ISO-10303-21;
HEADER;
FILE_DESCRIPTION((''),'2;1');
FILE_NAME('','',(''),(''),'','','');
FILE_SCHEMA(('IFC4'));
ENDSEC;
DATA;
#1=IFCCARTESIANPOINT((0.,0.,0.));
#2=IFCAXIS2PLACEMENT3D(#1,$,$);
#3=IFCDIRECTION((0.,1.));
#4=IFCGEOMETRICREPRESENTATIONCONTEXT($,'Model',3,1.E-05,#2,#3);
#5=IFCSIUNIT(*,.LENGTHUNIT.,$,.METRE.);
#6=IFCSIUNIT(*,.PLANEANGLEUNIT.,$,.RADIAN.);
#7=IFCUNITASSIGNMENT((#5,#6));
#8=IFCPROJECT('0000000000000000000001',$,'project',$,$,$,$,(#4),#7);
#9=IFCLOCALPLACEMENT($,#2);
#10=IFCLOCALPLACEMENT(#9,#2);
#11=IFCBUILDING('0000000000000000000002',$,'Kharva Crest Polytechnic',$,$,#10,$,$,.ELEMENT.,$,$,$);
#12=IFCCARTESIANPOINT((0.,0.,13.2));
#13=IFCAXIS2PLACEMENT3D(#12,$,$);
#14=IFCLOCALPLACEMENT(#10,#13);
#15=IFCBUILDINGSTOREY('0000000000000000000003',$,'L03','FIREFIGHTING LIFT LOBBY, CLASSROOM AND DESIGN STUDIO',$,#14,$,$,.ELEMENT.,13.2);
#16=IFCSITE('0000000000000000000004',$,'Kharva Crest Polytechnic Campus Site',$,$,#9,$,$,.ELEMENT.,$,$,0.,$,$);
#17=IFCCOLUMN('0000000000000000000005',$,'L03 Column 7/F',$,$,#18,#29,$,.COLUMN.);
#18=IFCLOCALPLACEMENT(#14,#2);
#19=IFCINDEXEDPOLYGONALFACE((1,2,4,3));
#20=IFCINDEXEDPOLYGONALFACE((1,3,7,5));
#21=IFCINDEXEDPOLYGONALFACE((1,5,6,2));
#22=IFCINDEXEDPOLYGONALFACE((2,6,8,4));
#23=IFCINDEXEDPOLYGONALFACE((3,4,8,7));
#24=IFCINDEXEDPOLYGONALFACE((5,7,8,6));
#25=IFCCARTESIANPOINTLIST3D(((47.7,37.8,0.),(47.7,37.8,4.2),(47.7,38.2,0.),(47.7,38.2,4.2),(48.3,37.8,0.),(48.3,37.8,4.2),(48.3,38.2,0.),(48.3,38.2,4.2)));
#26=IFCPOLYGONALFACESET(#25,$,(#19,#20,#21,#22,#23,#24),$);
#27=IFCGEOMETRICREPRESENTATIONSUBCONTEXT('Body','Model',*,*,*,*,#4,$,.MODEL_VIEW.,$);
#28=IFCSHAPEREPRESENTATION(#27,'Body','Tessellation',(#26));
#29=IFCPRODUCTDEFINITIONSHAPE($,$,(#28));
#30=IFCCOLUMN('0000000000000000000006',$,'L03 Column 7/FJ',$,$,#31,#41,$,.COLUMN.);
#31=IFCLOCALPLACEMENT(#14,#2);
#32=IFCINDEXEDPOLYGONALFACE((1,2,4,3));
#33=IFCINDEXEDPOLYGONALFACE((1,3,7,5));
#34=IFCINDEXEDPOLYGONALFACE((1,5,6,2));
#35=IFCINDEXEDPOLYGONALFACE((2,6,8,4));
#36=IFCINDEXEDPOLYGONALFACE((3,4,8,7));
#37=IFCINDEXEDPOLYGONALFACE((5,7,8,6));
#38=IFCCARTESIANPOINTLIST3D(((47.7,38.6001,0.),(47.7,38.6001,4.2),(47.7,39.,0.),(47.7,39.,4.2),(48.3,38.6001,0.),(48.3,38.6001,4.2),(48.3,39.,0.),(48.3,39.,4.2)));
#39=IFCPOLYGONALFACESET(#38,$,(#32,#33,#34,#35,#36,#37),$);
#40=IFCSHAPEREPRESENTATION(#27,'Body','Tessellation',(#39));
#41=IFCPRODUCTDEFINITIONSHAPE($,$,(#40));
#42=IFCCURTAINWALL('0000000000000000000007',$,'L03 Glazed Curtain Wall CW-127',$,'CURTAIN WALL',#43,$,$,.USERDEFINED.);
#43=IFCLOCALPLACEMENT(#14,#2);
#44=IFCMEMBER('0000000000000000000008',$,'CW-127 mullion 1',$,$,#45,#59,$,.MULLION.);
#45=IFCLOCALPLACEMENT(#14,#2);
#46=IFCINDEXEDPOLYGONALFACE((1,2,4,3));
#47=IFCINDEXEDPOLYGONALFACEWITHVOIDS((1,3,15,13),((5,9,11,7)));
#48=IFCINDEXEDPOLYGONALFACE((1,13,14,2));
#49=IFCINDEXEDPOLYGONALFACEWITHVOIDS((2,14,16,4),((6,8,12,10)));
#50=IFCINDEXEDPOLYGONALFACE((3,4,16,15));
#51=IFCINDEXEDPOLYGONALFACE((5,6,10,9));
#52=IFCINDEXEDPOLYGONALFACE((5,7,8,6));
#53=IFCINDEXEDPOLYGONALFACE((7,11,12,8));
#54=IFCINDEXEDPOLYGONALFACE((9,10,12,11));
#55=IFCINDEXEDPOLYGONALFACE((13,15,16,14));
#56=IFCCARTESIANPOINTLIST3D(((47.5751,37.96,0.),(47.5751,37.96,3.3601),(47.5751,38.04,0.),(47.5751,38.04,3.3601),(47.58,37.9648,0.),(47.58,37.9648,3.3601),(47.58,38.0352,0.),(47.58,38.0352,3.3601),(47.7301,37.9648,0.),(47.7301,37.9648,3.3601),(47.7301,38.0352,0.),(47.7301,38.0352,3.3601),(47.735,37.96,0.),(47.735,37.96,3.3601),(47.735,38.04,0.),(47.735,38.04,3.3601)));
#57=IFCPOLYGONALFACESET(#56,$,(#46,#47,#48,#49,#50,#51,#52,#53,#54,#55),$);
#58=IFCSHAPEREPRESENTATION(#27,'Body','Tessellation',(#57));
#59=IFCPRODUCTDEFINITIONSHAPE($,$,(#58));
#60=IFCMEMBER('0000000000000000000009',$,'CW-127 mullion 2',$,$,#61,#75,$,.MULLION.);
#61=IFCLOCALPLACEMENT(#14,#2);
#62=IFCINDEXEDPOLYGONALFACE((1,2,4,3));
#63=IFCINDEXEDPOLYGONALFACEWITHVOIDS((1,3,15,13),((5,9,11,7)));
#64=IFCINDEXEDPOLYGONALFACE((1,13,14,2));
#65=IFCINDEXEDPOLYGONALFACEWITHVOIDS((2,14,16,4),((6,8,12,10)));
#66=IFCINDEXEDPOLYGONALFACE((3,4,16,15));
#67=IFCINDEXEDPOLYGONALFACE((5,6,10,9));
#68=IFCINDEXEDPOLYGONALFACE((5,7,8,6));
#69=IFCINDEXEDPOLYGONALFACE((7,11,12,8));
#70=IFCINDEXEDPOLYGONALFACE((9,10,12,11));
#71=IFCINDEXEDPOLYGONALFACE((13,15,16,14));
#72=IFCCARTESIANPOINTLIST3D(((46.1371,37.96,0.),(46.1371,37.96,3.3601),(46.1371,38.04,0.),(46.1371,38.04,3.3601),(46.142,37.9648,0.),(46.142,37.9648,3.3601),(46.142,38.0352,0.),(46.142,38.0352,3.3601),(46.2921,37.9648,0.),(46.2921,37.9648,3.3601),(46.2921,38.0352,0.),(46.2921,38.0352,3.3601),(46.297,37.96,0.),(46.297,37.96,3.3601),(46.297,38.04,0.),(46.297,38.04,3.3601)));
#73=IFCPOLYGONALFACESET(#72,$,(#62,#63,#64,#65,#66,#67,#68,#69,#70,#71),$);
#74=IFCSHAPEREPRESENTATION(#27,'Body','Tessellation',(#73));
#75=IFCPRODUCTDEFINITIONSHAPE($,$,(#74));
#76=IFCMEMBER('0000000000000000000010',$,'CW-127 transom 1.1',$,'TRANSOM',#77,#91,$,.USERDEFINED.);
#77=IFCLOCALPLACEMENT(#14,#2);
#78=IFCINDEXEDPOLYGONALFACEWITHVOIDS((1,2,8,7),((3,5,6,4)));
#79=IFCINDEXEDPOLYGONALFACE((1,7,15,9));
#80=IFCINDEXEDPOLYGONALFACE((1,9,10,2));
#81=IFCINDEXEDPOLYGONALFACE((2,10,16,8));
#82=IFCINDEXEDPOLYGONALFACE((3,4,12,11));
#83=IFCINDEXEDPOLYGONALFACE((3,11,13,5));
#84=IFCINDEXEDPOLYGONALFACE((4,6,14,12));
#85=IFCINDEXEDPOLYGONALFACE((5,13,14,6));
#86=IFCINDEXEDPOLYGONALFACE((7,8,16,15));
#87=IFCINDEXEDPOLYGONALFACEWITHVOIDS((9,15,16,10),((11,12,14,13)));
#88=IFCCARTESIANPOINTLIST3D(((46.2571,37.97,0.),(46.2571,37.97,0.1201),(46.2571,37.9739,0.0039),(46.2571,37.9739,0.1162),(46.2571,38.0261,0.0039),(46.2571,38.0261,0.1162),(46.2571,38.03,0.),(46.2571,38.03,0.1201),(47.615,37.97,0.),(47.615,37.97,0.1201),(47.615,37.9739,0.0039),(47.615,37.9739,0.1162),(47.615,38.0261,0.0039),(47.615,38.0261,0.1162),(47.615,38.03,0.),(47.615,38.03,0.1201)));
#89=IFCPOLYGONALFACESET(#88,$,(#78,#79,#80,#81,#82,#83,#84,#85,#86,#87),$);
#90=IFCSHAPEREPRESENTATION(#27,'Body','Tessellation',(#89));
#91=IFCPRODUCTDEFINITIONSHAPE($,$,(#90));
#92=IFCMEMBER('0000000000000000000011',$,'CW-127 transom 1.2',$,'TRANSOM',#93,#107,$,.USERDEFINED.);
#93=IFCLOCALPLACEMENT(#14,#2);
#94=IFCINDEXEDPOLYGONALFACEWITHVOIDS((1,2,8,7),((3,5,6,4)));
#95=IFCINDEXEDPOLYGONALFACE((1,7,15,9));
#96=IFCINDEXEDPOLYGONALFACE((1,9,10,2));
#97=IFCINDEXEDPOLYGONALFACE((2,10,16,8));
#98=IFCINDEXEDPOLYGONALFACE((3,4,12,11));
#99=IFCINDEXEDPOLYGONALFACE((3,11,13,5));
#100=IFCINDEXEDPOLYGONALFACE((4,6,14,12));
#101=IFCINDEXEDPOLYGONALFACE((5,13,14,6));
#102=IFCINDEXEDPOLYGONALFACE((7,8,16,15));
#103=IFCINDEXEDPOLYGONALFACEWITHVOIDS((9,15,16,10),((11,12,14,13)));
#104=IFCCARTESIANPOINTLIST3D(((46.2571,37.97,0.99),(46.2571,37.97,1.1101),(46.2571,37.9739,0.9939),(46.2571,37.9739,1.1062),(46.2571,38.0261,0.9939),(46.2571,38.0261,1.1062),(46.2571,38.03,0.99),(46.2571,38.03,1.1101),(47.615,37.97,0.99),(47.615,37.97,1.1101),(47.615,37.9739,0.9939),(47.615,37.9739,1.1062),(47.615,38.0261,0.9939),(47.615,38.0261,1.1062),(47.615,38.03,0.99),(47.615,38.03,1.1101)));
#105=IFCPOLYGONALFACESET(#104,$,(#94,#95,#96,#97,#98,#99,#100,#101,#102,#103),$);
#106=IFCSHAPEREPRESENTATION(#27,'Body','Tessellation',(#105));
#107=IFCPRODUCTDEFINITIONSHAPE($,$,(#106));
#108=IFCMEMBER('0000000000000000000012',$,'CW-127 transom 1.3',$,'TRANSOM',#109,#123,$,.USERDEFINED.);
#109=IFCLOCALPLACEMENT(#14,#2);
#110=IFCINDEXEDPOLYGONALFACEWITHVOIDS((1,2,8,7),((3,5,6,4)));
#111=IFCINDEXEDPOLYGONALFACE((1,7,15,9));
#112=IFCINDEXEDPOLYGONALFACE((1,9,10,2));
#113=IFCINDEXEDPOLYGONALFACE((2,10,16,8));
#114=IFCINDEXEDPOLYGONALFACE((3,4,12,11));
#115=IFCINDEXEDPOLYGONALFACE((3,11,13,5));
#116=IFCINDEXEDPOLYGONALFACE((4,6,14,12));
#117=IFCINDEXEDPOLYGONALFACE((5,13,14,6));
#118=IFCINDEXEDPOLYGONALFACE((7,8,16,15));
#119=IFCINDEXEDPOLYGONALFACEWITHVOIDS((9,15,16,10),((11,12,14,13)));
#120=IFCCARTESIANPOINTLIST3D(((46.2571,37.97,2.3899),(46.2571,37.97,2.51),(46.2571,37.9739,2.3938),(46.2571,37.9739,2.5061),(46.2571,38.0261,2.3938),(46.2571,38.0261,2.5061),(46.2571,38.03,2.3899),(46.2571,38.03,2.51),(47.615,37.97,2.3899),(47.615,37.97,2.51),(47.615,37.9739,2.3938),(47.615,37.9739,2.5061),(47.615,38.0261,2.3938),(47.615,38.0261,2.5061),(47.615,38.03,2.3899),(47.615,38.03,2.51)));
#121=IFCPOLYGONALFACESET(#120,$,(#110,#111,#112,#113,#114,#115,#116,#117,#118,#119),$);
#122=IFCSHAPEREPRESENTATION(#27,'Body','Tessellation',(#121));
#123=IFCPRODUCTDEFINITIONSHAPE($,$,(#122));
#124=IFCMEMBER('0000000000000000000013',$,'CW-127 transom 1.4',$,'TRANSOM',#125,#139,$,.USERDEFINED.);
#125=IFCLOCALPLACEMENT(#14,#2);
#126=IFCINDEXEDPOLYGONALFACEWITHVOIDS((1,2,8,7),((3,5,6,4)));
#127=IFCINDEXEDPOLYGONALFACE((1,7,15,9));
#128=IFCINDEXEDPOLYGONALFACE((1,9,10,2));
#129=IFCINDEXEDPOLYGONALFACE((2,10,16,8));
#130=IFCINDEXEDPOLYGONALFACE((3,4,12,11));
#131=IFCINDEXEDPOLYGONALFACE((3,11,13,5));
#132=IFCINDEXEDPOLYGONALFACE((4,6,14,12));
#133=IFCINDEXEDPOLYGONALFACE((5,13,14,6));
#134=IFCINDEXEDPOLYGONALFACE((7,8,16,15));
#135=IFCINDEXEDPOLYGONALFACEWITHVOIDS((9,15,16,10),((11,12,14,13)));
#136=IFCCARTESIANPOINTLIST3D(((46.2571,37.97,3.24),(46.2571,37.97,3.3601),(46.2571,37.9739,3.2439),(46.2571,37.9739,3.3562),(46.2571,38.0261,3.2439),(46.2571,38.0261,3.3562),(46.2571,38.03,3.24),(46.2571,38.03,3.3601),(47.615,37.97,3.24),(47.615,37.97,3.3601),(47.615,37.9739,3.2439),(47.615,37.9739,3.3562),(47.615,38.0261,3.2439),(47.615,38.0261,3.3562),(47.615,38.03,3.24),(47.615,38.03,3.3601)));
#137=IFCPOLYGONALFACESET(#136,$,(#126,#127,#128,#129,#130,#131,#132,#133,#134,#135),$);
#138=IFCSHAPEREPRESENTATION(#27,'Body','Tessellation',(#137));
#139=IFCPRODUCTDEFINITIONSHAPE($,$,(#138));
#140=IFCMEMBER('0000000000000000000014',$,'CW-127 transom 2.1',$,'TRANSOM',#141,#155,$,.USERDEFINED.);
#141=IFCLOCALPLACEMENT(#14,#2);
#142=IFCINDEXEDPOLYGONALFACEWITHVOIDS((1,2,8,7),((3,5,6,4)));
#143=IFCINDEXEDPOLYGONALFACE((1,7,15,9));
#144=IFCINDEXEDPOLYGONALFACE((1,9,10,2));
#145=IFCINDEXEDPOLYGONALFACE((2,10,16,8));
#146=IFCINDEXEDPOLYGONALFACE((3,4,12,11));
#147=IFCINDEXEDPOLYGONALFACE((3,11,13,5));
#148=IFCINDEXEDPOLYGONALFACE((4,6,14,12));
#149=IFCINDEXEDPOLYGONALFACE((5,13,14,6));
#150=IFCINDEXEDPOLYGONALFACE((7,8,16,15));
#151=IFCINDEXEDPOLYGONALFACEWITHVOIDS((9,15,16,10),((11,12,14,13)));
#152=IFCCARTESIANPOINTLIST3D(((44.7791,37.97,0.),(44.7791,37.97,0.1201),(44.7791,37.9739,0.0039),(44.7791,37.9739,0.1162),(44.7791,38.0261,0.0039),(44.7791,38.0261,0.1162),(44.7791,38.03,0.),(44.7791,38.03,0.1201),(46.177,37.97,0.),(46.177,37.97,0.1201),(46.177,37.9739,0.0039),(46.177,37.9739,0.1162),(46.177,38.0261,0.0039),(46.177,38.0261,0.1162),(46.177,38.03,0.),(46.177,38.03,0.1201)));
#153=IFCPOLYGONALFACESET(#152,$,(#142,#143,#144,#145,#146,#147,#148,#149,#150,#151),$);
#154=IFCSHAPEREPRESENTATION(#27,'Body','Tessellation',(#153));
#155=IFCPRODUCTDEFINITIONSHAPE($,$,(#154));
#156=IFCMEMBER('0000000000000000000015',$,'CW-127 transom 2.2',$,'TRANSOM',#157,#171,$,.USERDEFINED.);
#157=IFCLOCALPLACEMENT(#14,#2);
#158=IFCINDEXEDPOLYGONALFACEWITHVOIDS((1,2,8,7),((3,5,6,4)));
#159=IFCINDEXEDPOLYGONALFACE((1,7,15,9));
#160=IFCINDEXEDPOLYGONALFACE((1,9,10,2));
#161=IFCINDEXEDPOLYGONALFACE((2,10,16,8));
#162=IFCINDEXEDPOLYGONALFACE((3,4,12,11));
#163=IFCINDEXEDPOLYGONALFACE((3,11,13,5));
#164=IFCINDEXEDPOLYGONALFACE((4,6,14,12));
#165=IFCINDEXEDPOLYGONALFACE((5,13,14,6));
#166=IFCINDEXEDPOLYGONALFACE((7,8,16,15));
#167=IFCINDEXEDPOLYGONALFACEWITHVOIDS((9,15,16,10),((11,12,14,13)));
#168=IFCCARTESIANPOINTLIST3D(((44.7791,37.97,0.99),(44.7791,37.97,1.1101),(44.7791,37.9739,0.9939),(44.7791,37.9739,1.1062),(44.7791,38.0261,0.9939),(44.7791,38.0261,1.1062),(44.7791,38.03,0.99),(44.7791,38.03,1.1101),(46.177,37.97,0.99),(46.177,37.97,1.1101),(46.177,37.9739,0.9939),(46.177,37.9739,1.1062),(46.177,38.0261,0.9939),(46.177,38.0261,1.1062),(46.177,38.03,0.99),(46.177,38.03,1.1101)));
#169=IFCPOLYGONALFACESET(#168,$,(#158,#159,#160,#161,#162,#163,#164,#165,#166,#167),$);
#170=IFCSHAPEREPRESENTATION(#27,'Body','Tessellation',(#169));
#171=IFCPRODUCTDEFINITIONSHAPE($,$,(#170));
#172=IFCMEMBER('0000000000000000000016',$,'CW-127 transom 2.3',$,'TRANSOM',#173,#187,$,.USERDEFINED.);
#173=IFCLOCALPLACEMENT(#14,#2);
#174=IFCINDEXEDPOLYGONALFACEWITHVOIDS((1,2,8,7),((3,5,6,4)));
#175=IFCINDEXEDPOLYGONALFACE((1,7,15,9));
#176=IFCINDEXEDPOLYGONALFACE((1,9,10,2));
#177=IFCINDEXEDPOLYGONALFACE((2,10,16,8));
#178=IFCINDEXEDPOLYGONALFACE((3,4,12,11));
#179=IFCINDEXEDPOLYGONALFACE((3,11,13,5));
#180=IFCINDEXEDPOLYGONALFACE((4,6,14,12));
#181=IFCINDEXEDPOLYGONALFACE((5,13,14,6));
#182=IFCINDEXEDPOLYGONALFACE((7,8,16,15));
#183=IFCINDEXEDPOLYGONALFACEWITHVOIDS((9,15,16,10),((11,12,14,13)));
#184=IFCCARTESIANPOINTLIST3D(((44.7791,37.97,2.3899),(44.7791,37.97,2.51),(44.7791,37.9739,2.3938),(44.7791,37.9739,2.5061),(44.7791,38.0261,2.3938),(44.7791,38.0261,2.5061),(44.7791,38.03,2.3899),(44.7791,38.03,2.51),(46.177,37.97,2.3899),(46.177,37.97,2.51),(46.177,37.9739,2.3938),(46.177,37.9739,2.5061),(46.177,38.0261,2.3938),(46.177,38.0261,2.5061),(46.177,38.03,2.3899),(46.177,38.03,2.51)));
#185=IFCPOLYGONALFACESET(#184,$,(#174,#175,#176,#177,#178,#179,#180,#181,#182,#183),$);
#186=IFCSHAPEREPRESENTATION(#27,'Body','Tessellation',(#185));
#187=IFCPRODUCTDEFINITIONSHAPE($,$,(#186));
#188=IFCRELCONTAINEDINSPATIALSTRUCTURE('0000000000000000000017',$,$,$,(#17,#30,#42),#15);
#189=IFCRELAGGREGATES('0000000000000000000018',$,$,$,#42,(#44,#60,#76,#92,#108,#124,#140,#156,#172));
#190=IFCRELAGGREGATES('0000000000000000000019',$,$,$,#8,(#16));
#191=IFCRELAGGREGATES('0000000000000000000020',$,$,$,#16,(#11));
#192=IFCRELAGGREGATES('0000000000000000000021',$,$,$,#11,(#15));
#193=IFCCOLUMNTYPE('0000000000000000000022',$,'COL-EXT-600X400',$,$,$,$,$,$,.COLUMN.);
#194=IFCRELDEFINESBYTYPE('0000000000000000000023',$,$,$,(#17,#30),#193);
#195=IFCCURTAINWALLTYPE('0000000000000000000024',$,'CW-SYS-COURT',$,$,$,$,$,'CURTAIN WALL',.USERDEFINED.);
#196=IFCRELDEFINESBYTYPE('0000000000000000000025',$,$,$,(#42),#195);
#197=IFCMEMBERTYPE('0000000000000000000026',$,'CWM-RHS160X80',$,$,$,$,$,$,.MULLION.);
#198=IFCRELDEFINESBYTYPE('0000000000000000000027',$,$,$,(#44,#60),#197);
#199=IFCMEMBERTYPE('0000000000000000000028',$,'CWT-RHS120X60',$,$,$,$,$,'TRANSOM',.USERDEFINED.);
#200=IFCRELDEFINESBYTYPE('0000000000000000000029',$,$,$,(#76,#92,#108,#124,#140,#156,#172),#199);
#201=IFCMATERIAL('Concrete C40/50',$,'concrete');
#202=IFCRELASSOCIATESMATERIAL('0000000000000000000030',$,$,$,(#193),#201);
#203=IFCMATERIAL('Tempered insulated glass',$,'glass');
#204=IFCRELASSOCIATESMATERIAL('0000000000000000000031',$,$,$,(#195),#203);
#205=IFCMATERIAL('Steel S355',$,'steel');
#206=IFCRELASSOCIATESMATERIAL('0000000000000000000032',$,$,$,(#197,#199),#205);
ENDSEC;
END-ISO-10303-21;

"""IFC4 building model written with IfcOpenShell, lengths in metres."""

from ifc_helpers import new_model, si_unit, direction, frame, origin, origin_2d, place, context, subcontext, project, spatial, rectangle, hollow_rectangle, extrude, material, material_profile, profile_set, type_object, element, aggregate, save


model = new_model("IFC4")

# Units and contexts
model_context = context("Model", 3, precision=1e-05, world=origin(), true_north=direction((0.0, 1.0)))
body_context = subcontext(model_context, "Body", "Model", "MODEL_VIEW")
ifc_project = project(units=[si_unit("LENGTHUNIT", "METRE"), si_unit("PLANEANGLEUNIT", "RADIAN")], contexts=[model_context])

# Site, building, storey
site_placement = place(None, origin())
site = spatial("IfcSite", under=ifc_project, at=site_placement, Name="Kharva Crest Polytechnic Campus Site", CompositionType="ELEMENT", RefElevation=0.0)
building_placement = place(site_placement, origin())
building = spatial("IfcBuilding", under=site, at=building_placement, Name="Kharva Crest Polytechnic", CompositionType="ELEMENT")
storey_placement = place(building_placement, frame((0.0, 0.0, 13.2)))
storey = spatial("IfcBuildingStorey", under=building, at=storey_placement, Name="L03", Description="FIREFIGHTING LIFT LOBBY, CLASSROOM AND DESIGN STUDIO", CompositionType="ELEMENT", Elevation=13.2)

# Columns
ifc_material_1 = material(Name="Concrete C40/50", Category="concrete")
ifc_material_profile_1 = material_profile(ifc_material_1, rectangle(XDim=0.6001, YDim=0.3999, at=origin_2d()), Name="RECT 600 X 400")
ifc_profile_set_1 = profile_set([ifc_material_profile_1], Name="Concrete C40/50")
column_type = type_object("IfcColumnType", Name="COL-EXT-600X400", PredefinedType="COLUMN", material=ifc_profile_set_1)
for number, where, z_axis, x_axis, name in (
    (1, (48.0, 38.0, 0.0), (0.0, 0.0, 1.0), (1.0, 0.0, 0.0), "L03 Column 7/F"),
    (2, (48.0, 38.8, 0.0), (0.0, 0.0, 1.0), (1.0, 0.0, 0.0), "L03 Column 7/FJ"),
):
    element("IfcColumn", number, at=place(storey_placement, frame(where, z_axis=z_axis, x_axis=x_axis)), inside=storey, type_object=column_type, Name=name, PredefinedType="COLUMN", context=body_context, shape_type="SweptSolid", body=[
        extrude(rectangle(XDim=0.6001, YDim=0.3999, at=origin_2d()), origin(), (0.0, 0.0, 1.0), 4.2),
    ])

# Curtain wall, members
ifc_material_2 = material(Name="Tempered insulated glass", Category="glass")
curtain_wall_type = type_object("IfcCurtainWallType", Name="CW-SYS-COURT", ElementType="CURTAIN WALL", PredefinedType="USERDEFINED", material=ifc_material_2)
curtain_wall_placement = place(storey_placement, origin())
curtain_wall = element("IfcCurtainWall", 3, at=curtain_wall_placement, inside=storey, type_object=curtain_wall_type, Name="L03 Glazed Curtain Wall CW-127", ObjectType="CURTAIN WALL", PredefinedType="USERDEFINED")
ifc_material_3 = material(Name="Steel S355", Category="steel")
ifc_material_profile_2 = material_profile(ifc_material_3, hollow_rectangle(XDim=0.0801, YDim=0.1599, WallThickness=0.0049, at=origin_2d()), Name="RHS 160X80X5.0")
ifc_profile_set_2 = profile_set([ifc_material_profile_2], Name="Steel S355")
member_type_1 = type_object("IfcMemberType", Name="CWM-RHS160X80", PredefinedType="MULLION", material=ifc_profile_set_2)
member_1_placement = place(storey_placement, frame((47.655, 38.0, 0.0), z_axis=(0.0, 0.0, 1.0), x_axis=(0.0, -1.0, 0.0)))
member_1 = element("IfcMember", 4, at=member_1_placement, type_object=member_type_1, Name="CW-127 mullion 1", PredefinedType="MULLION", context=body_context, shape_type="SweptSolid", body=[
    extrude(hollow_rectangle(XDim=0.0801, YDim=0.1599, WallThickness=0.0049, at=origin_2d()), origin(), (0.0, 0.0, 1.0), 3.3601),
])
member_2_placement = place(storey_placement, frame((46.217, 38.0, 0.0), z_axis=(0.0, 0.0, 1.0), x_axis=(0.0, -1.0, 0.0)))
member_2 = element("IfcMember", 5, at=member_2_placement, type_object=member_type_1, Name="CW-127 mullion 2", PredefinedType="MULLION", context=body_context, shape_type="SweptSolid", body=[
    extrude(hollow_rectangle(XDim=0.0801, YDim=0.1599, WallThickness=0.0049, at=origin_2d()), origin(), (0.0, 0.0, 1.0), 3.3601),
])
ifc_material_profile_3 = material_profile(ifc_material_3, hollow_rectangle(XDim=0.0601, YDim=0.1201, WallThickness=0.0039, at=origin_2d()), Name="RHS 120X60X4.0")
ifc_profile_set_3 = profile_set([ifc_material_profile_3], Name="Steel S355")
member_type_2 = type_object("IfcMemberType", Name="CWT-RHS120X60", ElementType="TRANSOM", PredefinedType="USERDEFINED", material=ifc_profile_set_3)
member_3_placement = place(storey_placement, frame((47.615, 38.0, 0.0601), z_axis=(-1.0, 0.0, 0.0), x_axis=(0.0, -1.0, 0.0)))
member_3 = element("IfcMember", 6, at=member_3_placement, type_object=member_type_2, Name="CW-127 transom 1.1", ObjectType="TRANSOM", PredefinedType="USERDEFINED", context=body_context, shape_type="SweptSolid", body=[
    extrude(hollow_rectangle(XDim=0.0601, YDim=0.1201, WallThickness=0.0039, at=origin_2d()), origin(), (0.0, 0.0, 1.0), 1.3579),
])
member_4_placement = place(storey_placement, frame((47.615, 38.0, 1.05), z_axis=(-1.0, 0.0, 0.0), x_axis=(0.0, -1.0, 0.0)))
member_4 = element("IfcMember", 7, at=member_4_placement, type_object=member_type_2, Name="CW-127 transom 1.2", ObjectType="TRANSOM", PredefinedType="USERDEFINED", context=body_context, shape_type="SweptSolid", body=[
    extrude(hollow_rectangle(XDim=0.0601, YDim=0.1201, WallThickness=0.0039, at=origin_2d()), origin(), (0.0, 0.0, 1.0), 1.3579),
])
member_5_placement = place(storey_placement, frame((47.615, 38.0, 2.45), z_axis=(-1.0, 0.0, 0.0), x_axis=(0.0, -1.0, 0.0)))
member_5 = element("IfcMember", 8, at=member_5_placement, type_object=member_type_2, Name="CW-127 transom 1.3", ObjectType="TRANSOM", PredefinedType="USERDEFINED", context=body_context, shape_type="SweptSolid", body=[
    extrude(hollow_rectangle(XDim=0.0601, YDim=0.1201, WallThickness=0.0039, at=origin_2d()), origin(), (0.0, 0.0, 1.0), 1.3579),
])
member_6_placement = place(storey_placement, frame((47.615, 38.0, 3.3), z_axis=(-1.0, 0.0, 0.0), x_axis=(0.0, -1.0, 0.0)))
member_6 = element("IfcMember", 9, at=member_6_placement, type_object=member_type_2, Name="CW-127 transom 1.4", ObjectType="TRANSOM", PredefinedType="USERDEFINED", context=body_context, shape_type="SweptSolid", body=[
    extrude(hollow_rectangle(XDim=0.0601, YDim=0.1201, WallThickness=0.0039, at=origin_2d()), origin(), (0.0, 0.0, 1.0), 1.3579),
])
member_7_placement = place(storey_placement, frame((46.177, 38.0, 0.0601), z_axis=(-1.0, 0.0, 0.0), x_axis=(0.0, -1.0, 0.0)))
member_7 = element("IfcMember", 10, at=member_7_placement, type_object=member_type_2, Name="CW-127 transom 2.1", ObjectType="TRANSOM", PredefinedType="USERDEFINED", context=body_context, shape_type="SweptSolid", body=[
    extrude(hollow_rectangle(XDim=0.0601, YDim=0.1201, WallThickness=0.0039, at=origin_2d()), origin(), (0.0, 0.0, 1.0), 1.3979),
])
member_8_placement = place(storey_placement, frame((46.177, 38.0, 1.05), z_axis=(-1.0, 0.0, 0.0), x_axis=(0.0, -1.0, 0.0)))
member_8 = element("IfcMember", 11, at=member_8_placement, type_object=member_type_2, Name="CW-127 transom 2.2", ObjectType="TRANSOM", PredefinedType="USERDEFINED", context=body_context, shape_type="SweptSolid", body=[
    extrude(hollow_rectangle(XDim=0.0601, YDim=0.1201, WallThickness=0.0039, at=origin_2d()), origin(), (0.0, 0.0, 1.0), 1.3979),
])
member_9_placement = place(storey_placement, frame((46.177, 38.0, 2.45), z_axis=(-1.0, 0.0, 0.0), x_axis=(0.0, -1.0, 0.0)))
member_9 = element("IfcMember", 12, at=member_9_placement, type_object=member_type_2, Name="CW-127 transom 2.3", ObjectType="TRANSOM", PredefinedType="USERDEFINED", context=body_context, shape_type="SweptSolid", body=[
    extrude(hollow_rectangle(XDim=0.0601, YDim=0.1201, WallThickness=0.0039, at=origin_2d()), origin(), (0.0, 0.0, 1.0), 1.3979),
])

aggregate(curtain_wall, [member_1, member_2, member_3, member_4, member_5, member_6, member_7, member_8, member_9])

save(model, "model.ifc")
